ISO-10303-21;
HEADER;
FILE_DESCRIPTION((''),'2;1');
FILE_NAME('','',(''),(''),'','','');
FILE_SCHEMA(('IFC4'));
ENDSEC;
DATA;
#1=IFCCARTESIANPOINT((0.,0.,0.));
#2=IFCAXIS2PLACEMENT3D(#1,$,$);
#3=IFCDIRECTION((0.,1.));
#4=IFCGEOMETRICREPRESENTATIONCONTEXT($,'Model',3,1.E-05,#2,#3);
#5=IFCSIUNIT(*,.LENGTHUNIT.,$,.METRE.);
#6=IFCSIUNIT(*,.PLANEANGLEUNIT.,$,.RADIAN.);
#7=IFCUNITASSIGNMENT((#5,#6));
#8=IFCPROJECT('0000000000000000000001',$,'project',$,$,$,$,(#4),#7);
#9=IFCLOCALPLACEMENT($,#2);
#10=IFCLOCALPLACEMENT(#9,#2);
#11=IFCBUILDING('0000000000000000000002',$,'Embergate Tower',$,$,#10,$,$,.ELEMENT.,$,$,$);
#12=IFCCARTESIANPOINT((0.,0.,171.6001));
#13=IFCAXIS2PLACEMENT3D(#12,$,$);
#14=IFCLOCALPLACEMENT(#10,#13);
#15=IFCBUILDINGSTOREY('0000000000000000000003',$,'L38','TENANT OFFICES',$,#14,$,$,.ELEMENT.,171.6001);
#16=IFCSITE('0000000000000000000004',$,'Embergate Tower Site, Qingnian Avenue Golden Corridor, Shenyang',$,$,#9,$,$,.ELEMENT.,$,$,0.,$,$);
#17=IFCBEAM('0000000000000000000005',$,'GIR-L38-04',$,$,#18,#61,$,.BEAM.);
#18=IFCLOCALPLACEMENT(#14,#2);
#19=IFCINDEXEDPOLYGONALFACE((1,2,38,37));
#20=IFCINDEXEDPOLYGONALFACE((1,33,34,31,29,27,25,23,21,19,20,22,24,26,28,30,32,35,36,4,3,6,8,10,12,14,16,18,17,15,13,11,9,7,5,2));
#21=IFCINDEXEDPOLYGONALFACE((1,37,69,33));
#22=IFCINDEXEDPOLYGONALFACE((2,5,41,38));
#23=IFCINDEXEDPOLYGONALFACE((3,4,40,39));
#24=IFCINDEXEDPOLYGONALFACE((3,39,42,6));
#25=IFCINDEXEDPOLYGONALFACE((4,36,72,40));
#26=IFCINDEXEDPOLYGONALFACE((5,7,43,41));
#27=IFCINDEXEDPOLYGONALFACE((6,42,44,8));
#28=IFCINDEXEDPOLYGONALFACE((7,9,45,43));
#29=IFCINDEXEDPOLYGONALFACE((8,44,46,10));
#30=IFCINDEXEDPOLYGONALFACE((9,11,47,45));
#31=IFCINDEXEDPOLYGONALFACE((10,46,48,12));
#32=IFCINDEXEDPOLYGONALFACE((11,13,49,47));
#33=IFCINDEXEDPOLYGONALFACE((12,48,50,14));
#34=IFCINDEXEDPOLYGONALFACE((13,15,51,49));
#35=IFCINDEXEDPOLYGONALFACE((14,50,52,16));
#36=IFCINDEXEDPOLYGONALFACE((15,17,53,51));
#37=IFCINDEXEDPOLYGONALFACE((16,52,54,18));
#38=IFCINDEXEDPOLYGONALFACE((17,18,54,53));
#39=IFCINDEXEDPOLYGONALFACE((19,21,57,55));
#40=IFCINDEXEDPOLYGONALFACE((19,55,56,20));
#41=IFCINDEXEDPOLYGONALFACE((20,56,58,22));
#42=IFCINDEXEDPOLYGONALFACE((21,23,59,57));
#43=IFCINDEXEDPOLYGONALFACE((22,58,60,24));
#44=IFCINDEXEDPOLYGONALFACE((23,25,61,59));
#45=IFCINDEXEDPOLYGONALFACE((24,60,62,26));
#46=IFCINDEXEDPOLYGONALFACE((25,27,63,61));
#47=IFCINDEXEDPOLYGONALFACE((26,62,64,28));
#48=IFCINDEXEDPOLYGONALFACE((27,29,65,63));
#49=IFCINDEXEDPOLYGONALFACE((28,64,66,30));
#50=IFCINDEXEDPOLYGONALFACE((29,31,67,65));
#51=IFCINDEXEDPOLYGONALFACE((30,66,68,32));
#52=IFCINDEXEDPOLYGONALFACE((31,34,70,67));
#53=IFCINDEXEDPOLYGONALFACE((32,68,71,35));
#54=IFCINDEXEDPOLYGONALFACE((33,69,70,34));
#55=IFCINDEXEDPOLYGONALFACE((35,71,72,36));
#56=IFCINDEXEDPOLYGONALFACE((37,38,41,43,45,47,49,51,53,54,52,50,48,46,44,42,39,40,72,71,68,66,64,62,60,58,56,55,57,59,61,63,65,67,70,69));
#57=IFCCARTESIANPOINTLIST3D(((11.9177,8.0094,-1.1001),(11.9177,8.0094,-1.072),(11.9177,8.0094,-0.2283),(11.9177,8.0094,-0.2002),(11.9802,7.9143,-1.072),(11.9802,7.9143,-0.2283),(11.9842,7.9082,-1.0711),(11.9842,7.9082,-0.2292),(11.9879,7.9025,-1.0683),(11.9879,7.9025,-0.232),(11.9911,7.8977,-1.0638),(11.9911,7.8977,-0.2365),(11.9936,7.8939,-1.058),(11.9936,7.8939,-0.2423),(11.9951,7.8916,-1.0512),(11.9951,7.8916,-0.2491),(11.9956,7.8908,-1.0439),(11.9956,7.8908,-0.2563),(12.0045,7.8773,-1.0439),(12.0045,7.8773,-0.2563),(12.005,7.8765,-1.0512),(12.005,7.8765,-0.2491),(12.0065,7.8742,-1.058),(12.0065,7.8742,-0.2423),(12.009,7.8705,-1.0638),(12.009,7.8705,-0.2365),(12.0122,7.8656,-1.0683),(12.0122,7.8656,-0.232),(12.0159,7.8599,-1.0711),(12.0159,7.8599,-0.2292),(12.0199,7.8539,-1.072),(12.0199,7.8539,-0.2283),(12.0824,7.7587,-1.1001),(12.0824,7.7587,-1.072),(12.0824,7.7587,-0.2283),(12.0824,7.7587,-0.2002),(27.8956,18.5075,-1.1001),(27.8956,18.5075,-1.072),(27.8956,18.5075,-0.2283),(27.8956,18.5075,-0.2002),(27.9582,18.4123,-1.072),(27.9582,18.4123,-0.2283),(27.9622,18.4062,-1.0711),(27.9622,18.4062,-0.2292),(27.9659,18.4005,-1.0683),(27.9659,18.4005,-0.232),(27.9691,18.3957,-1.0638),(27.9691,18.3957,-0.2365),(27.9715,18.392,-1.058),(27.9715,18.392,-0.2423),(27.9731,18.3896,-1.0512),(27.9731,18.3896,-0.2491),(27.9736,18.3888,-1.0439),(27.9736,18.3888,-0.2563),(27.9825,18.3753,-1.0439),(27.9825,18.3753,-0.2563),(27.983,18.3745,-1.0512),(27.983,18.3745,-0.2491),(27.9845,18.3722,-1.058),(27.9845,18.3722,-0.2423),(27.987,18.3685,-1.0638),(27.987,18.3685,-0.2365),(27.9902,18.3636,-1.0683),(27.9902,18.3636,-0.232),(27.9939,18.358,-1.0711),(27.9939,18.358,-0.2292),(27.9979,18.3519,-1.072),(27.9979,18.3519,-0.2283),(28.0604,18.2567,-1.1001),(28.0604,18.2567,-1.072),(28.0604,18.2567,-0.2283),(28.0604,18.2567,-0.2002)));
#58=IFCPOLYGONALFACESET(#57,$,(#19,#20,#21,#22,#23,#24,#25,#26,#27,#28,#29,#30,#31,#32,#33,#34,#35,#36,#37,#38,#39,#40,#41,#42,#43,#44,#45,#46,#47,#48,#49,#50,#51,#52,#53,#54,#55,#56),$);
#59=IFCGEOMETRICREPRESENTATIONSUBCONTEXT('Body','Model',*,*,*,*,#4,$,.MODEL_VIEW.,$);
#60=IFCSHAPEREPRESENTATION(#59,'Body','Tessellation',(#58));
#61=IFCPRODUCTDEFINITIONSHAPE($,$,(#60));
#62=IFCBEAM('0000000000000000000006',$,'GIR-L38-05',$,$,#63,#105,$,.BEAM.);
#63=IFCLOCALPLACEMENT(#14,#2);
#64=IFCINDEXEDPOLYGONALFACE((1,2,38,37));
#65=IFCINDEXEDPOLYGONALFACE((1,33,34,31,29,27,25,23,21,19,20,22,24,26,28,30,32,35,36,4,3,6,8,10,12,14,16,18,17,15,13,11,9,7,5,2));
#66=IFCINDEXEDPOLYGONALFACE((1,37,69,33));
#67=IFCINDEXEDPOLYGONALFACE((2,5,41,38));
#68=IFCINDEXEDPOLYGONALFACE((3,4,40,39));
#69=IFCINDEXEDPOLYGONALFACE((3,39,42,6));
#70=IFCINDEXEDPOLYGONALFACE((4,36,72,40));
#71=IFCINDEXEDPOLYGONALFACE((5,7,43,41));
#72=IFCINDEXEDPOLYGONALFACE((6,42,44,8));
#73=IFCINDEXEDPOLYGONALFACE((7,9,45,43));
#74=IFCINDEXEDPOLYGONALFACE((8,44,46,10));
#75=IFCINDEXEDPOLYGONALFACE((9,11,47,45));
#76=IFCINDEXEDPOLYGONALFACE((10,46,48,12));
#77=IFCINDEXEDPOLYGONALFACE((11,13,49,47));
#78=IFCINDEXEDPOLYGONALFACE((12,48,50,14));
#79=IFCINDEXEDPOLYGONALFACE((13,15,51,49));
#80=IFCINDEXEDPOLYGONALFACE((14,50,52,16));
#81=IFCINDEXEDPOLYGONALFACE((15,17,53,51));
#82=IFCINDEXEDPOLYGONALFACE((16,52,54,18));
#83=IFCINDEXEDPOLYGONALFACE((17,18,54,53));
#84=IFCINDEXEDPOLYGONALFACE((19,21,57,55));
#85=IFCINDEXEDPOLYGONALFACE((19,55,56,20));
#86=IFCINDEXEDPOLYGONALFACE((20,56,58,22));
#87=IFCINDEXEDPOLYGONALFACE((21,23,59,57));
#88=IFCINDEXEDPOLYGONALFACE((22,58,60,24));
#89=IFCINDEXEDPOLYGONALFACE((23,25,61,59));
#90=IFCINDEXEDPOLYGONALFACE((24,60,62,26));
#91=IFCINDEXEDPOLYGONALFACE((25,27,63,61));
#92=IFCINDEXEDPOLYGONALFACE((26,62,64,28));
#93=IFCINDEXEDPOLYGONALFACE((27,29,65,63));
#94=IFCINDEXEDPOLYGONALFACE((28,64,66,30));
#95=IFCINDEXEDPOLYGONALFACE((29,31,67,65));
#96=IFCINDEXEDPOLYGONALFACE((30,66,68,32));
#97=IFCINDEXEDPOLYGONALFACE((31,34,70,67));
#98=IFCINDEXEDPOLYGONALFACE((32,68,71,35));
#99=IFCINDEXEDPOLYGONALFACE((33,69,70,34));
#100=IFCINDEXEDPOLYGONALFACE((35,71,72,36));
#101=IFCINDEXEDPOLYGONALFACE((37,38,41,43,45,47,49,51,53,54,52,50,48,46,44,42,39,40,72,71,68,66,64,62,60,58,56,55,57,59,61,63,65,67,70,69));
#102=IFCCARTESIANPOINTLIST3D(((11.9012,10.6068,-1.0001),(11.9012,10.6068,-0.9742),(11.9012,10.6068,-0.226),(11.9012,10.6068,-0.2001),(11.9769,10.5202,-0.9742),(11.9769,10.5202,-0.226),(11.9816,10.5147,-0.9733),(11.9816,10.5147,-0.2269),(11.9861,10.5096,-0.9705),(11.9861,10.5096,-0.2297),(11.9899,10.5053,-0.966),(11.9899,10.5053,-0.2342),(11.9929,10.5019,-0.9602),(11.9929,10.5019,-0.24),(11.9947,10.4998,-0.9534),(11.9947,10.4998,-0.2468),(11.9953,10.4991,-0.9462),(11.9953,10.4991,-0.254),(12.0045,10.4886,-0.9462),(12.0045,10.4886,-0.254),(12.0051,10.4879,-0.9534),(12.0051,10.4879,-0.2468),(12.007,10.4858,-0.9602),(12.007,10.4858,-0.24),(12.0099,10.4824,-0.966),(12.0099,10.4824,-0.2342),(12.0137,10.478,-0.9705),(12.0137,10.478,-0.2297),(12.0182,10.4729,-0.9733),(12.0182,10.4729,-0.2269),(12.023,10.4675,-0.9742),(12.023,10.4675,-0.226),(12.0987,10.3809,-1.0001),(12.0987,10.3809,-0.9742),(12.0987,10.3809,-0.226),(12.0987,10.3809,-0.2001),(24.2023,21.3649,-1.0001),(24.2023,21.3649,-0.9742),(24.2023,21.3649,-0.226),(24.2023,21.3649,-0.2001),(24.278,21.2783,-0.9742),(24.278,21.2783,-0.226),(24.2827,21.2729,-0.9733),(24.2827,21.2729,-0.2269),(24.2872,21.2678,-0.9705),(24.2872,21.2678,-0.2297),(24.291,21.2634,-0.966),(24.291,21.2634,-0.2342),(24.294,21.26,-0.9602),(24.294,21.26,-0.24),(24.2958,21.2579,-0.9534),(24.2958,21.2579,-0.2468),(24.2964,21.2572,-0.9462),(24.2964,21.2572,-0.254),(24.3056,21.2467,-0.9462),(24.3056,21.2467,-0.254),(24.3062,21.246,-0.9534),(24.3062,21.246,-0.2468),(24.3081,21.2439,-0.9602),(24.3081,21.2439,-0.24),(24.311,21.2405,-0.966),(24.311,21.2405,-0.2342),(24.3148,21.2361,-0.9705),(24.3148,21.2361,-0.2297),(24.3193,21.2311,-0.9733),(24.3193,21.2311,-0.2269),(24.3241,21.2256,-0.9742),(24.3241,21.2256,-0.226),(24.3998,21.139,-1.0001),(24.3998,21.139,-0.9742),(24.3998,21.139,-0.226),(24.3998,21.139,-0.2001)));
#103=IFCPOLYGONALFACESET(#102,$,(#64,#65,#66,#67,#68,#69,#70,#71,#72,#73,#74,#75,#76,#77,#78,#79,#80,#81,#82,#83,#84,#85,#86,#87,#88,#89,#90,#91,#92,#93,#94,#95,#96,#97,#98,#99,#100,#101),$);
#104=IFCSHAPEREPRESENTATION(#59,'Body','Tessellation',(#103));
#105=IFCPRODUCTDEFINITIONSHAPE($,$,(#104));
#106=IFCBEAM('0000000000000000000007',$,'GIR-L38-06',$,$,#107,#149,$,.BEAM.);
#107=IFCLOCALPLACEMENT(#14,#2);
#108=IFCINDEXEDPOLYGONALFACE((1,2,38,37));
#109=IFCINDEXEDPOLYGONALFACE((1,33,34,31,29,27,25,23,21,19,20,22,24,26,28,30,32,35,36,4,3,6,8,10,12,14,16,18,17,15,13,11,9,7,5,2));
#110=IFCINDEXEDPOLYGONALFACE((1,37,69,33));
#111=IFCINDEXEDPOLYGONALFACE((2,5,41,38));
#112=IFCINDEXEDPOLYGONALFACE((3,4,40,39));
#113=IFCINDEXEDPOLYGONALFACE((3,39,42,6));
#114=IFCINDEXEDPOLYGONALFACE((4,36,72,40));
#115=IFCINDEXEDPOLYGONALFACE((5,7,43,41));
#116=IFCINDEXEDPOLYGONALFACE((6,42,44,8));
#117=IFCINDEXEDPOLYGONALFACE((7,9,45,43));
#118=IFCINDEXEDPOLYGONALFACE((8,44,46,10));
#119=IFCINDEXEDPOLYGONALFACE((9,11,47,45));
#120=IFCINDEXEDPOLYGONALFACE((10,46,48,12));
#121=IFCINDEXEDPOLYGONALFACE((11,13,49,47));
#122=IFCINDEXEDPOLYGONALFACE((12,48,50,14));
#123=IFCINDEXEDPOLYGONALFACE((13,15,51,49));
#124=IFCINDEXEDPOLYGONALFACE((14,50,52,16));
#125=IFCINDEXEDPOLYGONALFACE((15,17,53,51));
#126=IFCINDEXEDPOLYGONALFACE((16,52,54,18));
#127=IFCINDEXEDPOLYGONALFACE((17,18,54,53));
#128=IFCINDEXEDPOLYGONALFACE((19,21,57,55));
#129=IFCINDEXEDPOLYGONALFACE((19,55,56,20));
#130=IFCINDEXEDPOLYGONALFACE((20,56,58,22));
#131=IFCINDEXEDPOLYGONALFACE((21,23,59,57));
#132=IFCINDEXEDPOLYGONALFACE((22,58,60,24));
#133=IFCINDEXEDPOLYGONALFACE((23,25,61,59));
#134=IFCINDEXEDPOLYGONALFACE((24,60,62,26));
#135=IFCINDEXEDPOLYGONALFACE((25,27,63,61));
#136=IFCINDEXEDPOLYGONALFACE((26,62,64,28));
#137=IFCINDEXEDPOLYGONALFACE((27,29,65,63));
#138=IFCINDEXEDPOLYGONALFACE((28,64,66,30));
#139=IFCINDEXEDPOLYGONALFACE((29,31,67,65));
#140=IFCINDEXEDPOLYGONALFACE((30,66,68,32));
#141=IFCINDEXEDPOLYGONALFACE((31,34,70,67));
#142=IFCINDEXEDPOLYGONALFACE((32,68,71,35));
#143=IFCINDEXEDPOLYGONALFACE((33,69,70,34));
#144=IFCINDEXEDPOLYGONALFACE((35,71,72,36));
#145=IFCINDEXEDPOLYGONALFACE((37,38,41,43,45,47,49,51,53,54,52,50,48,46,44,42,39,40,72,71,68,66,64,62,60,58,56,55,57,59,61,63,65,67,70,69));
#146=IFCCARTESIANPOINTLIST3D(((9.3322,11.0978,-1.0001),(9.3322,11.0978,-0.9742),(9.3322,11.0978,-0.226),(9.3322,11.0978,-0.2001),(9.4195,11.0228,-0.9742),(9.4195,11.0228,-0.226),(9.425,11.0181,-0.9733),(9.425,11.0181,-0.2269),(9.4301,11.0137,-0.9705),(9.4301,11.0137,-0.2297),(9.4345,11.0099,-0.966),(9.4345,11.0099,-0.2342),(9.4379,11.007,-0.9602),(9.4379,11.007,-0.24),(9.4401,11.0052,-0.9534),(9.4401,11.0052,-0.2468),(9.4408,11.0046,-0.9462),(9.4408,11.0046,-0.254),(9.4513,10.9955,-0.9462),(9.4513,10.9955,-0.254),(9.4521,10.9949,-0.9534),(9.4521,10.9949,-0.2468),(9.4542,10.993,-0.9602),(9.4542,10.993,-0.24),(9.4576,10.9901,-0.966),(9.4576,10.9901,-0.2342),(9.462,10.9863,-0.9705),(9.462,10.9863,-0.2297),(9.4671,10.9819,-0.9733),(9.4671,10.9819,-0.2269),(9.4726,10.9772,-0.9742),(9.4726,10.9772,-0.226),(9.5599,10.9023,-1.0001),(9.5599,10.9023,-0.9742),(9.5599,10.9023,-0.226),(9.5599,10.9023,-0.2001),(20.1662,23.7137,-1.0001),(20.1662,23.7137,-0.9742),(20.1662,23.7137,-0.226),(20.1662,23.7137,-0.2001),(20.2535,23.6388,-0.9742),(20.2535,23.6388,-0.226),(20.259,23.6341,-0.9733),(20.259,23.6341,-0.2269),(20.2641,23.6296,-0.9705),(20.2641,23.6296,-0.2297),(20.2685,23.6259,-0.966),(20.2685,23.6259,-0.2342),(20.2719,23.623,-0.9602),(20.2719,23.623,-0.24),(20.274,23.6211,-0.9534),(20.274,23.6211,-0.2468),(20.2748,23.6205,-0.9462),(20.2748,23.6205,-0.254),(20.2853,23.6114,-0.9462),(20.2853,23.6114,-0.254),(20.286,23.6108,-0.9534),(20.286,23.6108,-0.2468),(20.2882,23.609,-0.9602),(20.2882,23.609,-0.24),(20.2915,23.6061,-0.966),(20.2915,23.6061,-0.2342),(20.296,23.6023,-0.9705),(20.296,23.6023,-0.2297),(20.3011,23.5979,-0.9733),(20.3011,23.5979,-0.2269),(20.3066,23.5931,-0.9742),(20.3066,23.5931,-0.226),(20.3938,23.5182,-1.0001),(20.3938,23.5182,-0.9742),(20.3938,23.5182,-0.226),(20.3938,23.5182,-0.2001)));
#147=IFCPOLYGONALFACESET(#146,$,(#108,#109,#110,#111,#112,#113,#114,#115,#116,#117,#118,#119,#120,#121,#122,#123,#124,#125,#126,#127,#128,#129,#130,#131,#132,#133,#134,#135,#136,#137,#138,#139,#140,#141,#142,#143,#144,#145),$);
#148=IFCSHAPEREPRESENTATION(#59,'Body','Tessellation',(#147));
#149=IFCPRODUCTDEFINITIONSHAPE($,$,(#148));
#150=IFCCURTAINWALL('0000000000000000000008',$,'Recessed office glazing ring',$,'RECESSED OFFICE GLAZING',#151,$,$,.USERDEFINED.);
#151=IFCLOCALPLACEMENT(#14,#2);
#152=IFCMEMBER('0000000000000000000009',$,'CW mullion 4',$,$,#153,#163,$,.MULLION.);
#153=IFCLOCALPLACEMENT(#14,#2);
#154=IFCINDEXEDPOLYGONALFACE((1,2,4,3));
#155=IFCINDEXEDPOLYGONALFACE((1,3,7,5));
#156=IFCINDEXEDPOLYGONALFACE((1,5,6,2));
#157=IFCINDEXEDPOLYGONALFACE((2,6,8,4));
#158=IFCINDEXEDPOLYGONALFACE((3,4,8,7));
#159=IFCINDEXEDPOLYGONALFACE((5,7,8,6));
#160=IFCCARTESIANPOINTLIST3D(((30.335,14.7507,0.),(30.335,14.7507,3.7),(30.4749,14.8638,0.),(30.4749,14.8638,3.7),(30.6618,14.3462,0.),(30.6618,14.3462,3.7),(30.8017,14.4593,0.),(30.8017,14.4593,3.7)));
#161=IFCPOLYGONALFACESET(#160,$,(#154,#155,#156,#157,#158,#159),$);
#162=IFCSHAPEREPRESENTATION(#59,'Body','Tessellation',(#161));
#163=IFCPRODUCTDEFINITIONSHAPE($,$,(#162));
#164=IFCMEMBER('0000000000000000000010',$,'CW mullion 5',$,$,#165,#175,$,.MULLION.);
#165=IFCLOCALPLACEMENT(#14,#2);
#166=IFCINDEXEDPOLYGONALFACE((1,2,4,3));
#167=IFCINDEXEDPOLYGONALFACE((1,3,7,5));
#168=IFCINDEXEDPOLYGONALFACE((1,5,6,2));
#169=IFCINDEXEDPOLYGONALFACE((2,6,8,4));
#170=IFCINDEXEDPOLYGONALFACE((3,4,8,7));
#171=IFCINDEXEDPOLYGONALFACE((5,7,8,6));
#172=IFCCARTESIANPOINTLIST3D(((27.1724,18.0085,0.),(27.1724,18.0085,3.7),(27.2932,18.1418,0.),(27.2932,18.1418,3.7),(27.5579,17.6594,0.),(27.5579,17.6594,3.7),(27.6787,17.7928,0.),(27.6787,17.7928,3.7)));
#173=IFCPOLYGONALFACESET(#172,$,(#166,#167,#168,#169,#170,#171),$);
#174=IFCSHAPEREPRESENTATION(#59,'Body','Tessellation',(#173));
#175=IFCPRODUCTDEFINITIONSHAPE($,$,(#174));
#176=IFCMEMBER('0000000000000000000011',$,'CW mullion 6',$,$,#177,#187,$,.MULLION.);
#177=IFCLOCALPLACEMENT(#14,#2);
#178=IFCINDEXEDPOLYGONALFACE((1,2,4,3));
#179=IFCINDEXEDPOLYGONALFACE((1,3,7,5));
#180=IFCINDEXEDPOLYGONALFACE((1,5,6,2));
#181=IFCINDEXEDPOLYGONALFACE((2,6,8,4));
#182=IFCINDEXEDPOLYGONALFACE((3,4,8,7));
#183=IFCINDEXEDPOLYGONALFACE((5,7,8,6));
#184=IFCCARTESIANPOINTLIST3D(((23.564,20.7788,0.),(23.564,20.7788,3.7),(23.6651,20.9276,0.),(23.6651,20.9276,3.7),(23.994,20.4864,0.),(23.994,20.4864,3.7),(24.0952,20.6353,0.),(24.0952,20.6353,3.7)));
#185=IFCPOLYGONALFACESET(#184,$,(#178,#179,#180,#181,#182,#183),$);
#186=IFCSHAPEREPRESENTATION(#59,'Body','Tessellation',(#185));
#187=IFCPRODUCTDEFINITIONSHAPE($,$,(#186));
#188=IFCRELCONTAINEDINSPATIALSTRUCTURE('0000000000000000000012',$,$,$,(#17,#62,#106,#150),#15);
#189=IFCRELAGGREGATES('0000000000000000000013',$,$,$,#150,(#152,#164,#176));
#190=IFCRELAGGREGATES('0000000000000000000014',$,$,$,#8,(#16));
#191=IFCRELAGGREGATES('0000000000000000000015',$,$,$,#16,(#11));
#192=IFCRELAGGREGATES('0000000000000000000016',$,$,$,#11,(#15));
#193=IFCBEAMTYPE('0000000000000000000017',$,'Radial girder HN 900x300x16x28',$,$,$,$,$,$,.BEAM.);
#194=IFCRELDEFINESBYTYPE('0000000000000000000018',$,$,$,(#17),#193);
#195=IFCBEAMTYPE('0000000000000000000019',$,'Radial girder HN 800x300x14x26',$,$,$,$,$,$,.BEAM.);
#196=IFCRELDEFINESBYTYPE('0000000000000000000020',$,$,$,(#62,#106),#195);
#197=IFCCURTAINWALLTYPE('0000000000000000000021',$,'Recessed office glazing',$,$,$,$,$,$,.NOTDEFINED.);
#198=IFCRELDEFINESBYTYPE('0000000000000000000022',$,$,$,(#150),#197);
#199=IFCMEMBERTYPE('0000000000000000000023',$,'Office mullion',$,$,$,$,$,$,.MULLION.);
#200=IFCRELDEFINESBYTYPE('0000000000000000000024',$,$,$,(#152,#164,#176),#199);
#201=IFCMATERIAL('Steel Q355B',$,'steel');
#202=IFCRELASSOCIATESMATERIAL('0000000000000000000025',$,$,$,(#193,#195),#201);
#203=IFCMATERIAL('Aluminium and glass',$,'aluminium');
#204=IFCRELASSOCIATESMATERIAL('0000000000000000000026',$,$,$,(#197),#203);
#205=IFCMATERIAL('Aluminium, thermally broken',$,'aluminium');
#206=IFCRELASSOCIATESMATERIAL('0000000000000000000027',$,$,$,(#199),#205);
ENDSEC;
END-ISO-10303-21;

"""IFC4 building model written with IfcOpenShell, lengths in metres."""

from ifc_helpers import new_model, si_unit, direction, frame, origin, origin_2d, place, context, subcontext, project, spatial, rectangle, i_section, extrude, source, transform, mapped, material, material_profile, profile_set, type_object, element, aggregate, save


model = new_model("IFC4")

# Units and contexts
model_context = context("Model", 3, precision=1e-05, world=origin(), true_north=direction((0.0, 1.0)))
body_context = subcontext(model_context, "Body", "Model", "MODEL_VIEW")
ifc_project = project(units=[si_unit("LENGTHUNIT", "METRE"), si_unit("PLANEANGLEUNIT", "RADIAN")], contexts=[model_context])

# Site, building, storey
site_placement = place(None, origin())
site = spatial("IfcSite", under=ifc_project, at=site_placement, Name="Embergate Tower Site, Qingnian Avenue Golden Corridor, Shenyang", CompositionType="ELEMENT", RefElevation=0.0)
building_placement = place(site_placement, origin())
building = spatial("IfcBuilding", under=site, at=building_placement, Name="Embergate Tower", CompositionType="ELEMENT")
storey_placement = place(building_placement, frame((0.0, 0.0, 171.6001)))
storey = spatial("IfcBuildingStorey", under=building, at=storey_placement, Name="L38", Description="TENANT OFFICES", CompositionType="ELEMENT", Elevation=171.6001)

# Beams
ifc_material_1 = material(Name="Steel Q355B", Category="steel")
ifc_material_profile_1 = material_profile(ifc_material_1, i_section(OverallWidth=0.3, OverallDepth=0.8999, WebThickness=0.0161, FlangeThickness=0.0281, FilletRadius=0.0281, at=origin_2d()), Name="HN 900x300x16x28")
ifc_profile_set_1 = profile_set([ifc_material_profile_1], Name="Steel Q355 grade B")
beam_type_1 = type_object("IfcBeamType", Name="Radial girder HN 900x300x16x28", PredefinedType="BEAM", material=ifc_profile_set_1)
shared_shape_1 = source(origin(), body_context, "Body", "SweptSolid", [
    extrude(i_section(OverallWidth=0.3, OverallDepth=0.8999, WebThickness=0.0161, FlangeThickness=0.0281, FilletRadius=0.0281, at=origin_2d()), origin(), (0.0, 0.0, 1.0), 19.1182),
])
beam_1_placement = place(storey_placement, frame((27.978, 18.3821, -0.6501), z_axis=(-0.835749, -0.549112, 0.0), x_axis=(0.549112, -0.835749, 0.0)))
element("IfcBeam", 1, at=beam_1_placement, inside=storey, type_object=beam_type_1, Name="GIR-L38-04", PredefinedType="BEAM", context=body_context, shape_type="MappedRepresentation", body=[
    mapped(shared_shape_1, transform((0.0, 0.0, 0.0))),
])
ifc_material_profile_2 = material_profile(ifc_material_1, i_section(OverallWidth=0.3, OverallDepth=0.8, WebThickness=0.0139, FlangeThickness=0.0259, FilletRadius=0.0281, at=origin_2d()), Name="HN 800x300x14x26")
ifc_profile_set_2 = profile_set([ifc_material_profile_2], Name="Steel Q355 grade B")
beam_type_2 = type_object("IfcBeamType", Name="Radial girder HN 800x300x14x26", PredefinedType="BEAM", material=ifc_profile_set_2)
shared_shape_2 = source(origin(), body_context, "Body", "SweptSolid", [
    extrude(i_section(OverallWidth=0.3, OverallDepth=0.8, WebThickness=0.0139, FlangeThickness=0.0259, FilletRadius=0.0281, at=origin_2d()), origin(), (0.0, 0.0, 1.0), 16.3418),
])
beam_2_placement = place(storey_placement, frame((24.301, 21.252, -0.6001), z_axis=(-0.752739, -0.658319, 0.0), x_axis=(0.658319, -0.752739, 0.0)))
element("IfcBeam", 2, at=beam_2_placement, inside=storey, type_object=beam_type_2, Name="GIR-L38-05", PredefinedType="BEAM", context=body_context, shape_type="MappedRepresentation", body=[
    mapped(shared_shape_2, transform((0.0, 0.0, 0.0))),
])
shared_shape_3 = source(origin(), body_context, "Body", "SweptSolid", [
    extrude(i_section(OverallWidth=0.3, OverallDepth=0.8, WebThickness=0.0139, FlangeThickness=0.0259, FilletRadius=0.0281, at=origin_2d()), origin(), (0.0, 0.0, 1.0), 16.6294),
])
beam_3_placement = place(storey_placement, frame((20.28, 23.616, -0.6001), z_axis=(-0.651495, -0.758653, 0.0), x_axis=(0.758653, -0.651495, 0.0)))
element("IfcBeam", 3, at=beam_3_placement, inside=storey, type_object=beam_type_2, Name="GIR-L38-06", PredefinedType="BEAM", context=body_context, shape_type="MappedRepresentation", body=[
    mapped(shared_shape_3, transform((0.0, 0.0, 0.0))),
])

# Curtain wall, members
ifc_material_2 = material(Name="Aluminium and glass", Category="aluminium")
curtain_wall_type = type_object("IfcCurtainWallType", Name="Recessed office glazing", PredefinedType="NOTDEFINED", material=ifc_material_2)
curtain_wall_placement = place(storey_placement, origin())
curtain_wall = element("IfcCurtainWall", 4, at=curtain_wall_placement, inside=storey, type_object=curtain_wall_type, Name="Recessed office glazing ring", ObjectType="RECESSED OFFICE GLAZING", PredefinedType="USERDEFINED")
ifc_material_3 = material(Name="Aluminium, thermally broken", Category="aluminium")
ifc_material_profile_3 = material_profile(ifc_material_3, rectangle(XDim=0.1799, YDim=0.52, at=origin_2d()), Name="AL 520x180")
ifc_profile_set_3 = profile_set([ifc_material_profile_3], Name="Aluminium, thermally broken")
member_type_1 = type_object("IfcMemberType", Name="Office mullion", PredefinedType="MULLION", material=ifc_profile_set_3)
shared_shape_4 = source(origin(), body_context, "Body", "SweptSolid", [
    extrude(rectangle(XDim=0.1799, YDim=0.52, at=origin_2d()), origin(), (0.0, 0.0, 1.0), 3.7),
])
member_1_placement = place(storey_placement, frame((30.5684, 14.605, 0.0), z_axis=(0.0, 0.0, 1.0), x_axis=(-0.777867, -0.628429, 0.0)))
member_1 = element("IfcMember", 5, at=member_1_placement, type_object=member_type_1, Name="CW mullion 4", PredefinedType="MULLION", context=body_context, shape_type="MappedRepresentation", body=[
    mapped(shared_shape_4, transform((0.0, 0.0, 0.0))),
])
member_2_placement = place(storey_placement, frame((27.4255, 17.9006, 0.0), z_axis=(0.0, 0.0, 1.0), x_axis=(-0.671221, -0.741257, 0.0)))
member_2 = element("IfcMember", 6, at=member_2_placement, type_object=member_type_1, Name="CW mullion 5", PredefinedType="MULLION", context=body_context, shape_type="MappedRepresentation", body=[
    mapped(shared_shape_4, transform((0.0, 0.0, 0.0))),
])
member_3_placement = place(storey_placement, frame((23.8296, 20.707, 0.0), z_axis=(0.0, 0.0, 1.0), x_axis=(-0.56221, -0.826994, 0.0)))
member_3 = element("IfcMember", 7, at=member_3_placement, type_object=member_type_1, Name="CW mullion 6", PredefinedType="MULLION", context=body_context, shape_type="MappedRepresentation", body=[
    mapped(shared_shape_4, transform((0.0, 0.0, 0.0))),
])
aggregate(curtain_wall, [member_1, member_2, member_3])

save(model, "model.ifc")
